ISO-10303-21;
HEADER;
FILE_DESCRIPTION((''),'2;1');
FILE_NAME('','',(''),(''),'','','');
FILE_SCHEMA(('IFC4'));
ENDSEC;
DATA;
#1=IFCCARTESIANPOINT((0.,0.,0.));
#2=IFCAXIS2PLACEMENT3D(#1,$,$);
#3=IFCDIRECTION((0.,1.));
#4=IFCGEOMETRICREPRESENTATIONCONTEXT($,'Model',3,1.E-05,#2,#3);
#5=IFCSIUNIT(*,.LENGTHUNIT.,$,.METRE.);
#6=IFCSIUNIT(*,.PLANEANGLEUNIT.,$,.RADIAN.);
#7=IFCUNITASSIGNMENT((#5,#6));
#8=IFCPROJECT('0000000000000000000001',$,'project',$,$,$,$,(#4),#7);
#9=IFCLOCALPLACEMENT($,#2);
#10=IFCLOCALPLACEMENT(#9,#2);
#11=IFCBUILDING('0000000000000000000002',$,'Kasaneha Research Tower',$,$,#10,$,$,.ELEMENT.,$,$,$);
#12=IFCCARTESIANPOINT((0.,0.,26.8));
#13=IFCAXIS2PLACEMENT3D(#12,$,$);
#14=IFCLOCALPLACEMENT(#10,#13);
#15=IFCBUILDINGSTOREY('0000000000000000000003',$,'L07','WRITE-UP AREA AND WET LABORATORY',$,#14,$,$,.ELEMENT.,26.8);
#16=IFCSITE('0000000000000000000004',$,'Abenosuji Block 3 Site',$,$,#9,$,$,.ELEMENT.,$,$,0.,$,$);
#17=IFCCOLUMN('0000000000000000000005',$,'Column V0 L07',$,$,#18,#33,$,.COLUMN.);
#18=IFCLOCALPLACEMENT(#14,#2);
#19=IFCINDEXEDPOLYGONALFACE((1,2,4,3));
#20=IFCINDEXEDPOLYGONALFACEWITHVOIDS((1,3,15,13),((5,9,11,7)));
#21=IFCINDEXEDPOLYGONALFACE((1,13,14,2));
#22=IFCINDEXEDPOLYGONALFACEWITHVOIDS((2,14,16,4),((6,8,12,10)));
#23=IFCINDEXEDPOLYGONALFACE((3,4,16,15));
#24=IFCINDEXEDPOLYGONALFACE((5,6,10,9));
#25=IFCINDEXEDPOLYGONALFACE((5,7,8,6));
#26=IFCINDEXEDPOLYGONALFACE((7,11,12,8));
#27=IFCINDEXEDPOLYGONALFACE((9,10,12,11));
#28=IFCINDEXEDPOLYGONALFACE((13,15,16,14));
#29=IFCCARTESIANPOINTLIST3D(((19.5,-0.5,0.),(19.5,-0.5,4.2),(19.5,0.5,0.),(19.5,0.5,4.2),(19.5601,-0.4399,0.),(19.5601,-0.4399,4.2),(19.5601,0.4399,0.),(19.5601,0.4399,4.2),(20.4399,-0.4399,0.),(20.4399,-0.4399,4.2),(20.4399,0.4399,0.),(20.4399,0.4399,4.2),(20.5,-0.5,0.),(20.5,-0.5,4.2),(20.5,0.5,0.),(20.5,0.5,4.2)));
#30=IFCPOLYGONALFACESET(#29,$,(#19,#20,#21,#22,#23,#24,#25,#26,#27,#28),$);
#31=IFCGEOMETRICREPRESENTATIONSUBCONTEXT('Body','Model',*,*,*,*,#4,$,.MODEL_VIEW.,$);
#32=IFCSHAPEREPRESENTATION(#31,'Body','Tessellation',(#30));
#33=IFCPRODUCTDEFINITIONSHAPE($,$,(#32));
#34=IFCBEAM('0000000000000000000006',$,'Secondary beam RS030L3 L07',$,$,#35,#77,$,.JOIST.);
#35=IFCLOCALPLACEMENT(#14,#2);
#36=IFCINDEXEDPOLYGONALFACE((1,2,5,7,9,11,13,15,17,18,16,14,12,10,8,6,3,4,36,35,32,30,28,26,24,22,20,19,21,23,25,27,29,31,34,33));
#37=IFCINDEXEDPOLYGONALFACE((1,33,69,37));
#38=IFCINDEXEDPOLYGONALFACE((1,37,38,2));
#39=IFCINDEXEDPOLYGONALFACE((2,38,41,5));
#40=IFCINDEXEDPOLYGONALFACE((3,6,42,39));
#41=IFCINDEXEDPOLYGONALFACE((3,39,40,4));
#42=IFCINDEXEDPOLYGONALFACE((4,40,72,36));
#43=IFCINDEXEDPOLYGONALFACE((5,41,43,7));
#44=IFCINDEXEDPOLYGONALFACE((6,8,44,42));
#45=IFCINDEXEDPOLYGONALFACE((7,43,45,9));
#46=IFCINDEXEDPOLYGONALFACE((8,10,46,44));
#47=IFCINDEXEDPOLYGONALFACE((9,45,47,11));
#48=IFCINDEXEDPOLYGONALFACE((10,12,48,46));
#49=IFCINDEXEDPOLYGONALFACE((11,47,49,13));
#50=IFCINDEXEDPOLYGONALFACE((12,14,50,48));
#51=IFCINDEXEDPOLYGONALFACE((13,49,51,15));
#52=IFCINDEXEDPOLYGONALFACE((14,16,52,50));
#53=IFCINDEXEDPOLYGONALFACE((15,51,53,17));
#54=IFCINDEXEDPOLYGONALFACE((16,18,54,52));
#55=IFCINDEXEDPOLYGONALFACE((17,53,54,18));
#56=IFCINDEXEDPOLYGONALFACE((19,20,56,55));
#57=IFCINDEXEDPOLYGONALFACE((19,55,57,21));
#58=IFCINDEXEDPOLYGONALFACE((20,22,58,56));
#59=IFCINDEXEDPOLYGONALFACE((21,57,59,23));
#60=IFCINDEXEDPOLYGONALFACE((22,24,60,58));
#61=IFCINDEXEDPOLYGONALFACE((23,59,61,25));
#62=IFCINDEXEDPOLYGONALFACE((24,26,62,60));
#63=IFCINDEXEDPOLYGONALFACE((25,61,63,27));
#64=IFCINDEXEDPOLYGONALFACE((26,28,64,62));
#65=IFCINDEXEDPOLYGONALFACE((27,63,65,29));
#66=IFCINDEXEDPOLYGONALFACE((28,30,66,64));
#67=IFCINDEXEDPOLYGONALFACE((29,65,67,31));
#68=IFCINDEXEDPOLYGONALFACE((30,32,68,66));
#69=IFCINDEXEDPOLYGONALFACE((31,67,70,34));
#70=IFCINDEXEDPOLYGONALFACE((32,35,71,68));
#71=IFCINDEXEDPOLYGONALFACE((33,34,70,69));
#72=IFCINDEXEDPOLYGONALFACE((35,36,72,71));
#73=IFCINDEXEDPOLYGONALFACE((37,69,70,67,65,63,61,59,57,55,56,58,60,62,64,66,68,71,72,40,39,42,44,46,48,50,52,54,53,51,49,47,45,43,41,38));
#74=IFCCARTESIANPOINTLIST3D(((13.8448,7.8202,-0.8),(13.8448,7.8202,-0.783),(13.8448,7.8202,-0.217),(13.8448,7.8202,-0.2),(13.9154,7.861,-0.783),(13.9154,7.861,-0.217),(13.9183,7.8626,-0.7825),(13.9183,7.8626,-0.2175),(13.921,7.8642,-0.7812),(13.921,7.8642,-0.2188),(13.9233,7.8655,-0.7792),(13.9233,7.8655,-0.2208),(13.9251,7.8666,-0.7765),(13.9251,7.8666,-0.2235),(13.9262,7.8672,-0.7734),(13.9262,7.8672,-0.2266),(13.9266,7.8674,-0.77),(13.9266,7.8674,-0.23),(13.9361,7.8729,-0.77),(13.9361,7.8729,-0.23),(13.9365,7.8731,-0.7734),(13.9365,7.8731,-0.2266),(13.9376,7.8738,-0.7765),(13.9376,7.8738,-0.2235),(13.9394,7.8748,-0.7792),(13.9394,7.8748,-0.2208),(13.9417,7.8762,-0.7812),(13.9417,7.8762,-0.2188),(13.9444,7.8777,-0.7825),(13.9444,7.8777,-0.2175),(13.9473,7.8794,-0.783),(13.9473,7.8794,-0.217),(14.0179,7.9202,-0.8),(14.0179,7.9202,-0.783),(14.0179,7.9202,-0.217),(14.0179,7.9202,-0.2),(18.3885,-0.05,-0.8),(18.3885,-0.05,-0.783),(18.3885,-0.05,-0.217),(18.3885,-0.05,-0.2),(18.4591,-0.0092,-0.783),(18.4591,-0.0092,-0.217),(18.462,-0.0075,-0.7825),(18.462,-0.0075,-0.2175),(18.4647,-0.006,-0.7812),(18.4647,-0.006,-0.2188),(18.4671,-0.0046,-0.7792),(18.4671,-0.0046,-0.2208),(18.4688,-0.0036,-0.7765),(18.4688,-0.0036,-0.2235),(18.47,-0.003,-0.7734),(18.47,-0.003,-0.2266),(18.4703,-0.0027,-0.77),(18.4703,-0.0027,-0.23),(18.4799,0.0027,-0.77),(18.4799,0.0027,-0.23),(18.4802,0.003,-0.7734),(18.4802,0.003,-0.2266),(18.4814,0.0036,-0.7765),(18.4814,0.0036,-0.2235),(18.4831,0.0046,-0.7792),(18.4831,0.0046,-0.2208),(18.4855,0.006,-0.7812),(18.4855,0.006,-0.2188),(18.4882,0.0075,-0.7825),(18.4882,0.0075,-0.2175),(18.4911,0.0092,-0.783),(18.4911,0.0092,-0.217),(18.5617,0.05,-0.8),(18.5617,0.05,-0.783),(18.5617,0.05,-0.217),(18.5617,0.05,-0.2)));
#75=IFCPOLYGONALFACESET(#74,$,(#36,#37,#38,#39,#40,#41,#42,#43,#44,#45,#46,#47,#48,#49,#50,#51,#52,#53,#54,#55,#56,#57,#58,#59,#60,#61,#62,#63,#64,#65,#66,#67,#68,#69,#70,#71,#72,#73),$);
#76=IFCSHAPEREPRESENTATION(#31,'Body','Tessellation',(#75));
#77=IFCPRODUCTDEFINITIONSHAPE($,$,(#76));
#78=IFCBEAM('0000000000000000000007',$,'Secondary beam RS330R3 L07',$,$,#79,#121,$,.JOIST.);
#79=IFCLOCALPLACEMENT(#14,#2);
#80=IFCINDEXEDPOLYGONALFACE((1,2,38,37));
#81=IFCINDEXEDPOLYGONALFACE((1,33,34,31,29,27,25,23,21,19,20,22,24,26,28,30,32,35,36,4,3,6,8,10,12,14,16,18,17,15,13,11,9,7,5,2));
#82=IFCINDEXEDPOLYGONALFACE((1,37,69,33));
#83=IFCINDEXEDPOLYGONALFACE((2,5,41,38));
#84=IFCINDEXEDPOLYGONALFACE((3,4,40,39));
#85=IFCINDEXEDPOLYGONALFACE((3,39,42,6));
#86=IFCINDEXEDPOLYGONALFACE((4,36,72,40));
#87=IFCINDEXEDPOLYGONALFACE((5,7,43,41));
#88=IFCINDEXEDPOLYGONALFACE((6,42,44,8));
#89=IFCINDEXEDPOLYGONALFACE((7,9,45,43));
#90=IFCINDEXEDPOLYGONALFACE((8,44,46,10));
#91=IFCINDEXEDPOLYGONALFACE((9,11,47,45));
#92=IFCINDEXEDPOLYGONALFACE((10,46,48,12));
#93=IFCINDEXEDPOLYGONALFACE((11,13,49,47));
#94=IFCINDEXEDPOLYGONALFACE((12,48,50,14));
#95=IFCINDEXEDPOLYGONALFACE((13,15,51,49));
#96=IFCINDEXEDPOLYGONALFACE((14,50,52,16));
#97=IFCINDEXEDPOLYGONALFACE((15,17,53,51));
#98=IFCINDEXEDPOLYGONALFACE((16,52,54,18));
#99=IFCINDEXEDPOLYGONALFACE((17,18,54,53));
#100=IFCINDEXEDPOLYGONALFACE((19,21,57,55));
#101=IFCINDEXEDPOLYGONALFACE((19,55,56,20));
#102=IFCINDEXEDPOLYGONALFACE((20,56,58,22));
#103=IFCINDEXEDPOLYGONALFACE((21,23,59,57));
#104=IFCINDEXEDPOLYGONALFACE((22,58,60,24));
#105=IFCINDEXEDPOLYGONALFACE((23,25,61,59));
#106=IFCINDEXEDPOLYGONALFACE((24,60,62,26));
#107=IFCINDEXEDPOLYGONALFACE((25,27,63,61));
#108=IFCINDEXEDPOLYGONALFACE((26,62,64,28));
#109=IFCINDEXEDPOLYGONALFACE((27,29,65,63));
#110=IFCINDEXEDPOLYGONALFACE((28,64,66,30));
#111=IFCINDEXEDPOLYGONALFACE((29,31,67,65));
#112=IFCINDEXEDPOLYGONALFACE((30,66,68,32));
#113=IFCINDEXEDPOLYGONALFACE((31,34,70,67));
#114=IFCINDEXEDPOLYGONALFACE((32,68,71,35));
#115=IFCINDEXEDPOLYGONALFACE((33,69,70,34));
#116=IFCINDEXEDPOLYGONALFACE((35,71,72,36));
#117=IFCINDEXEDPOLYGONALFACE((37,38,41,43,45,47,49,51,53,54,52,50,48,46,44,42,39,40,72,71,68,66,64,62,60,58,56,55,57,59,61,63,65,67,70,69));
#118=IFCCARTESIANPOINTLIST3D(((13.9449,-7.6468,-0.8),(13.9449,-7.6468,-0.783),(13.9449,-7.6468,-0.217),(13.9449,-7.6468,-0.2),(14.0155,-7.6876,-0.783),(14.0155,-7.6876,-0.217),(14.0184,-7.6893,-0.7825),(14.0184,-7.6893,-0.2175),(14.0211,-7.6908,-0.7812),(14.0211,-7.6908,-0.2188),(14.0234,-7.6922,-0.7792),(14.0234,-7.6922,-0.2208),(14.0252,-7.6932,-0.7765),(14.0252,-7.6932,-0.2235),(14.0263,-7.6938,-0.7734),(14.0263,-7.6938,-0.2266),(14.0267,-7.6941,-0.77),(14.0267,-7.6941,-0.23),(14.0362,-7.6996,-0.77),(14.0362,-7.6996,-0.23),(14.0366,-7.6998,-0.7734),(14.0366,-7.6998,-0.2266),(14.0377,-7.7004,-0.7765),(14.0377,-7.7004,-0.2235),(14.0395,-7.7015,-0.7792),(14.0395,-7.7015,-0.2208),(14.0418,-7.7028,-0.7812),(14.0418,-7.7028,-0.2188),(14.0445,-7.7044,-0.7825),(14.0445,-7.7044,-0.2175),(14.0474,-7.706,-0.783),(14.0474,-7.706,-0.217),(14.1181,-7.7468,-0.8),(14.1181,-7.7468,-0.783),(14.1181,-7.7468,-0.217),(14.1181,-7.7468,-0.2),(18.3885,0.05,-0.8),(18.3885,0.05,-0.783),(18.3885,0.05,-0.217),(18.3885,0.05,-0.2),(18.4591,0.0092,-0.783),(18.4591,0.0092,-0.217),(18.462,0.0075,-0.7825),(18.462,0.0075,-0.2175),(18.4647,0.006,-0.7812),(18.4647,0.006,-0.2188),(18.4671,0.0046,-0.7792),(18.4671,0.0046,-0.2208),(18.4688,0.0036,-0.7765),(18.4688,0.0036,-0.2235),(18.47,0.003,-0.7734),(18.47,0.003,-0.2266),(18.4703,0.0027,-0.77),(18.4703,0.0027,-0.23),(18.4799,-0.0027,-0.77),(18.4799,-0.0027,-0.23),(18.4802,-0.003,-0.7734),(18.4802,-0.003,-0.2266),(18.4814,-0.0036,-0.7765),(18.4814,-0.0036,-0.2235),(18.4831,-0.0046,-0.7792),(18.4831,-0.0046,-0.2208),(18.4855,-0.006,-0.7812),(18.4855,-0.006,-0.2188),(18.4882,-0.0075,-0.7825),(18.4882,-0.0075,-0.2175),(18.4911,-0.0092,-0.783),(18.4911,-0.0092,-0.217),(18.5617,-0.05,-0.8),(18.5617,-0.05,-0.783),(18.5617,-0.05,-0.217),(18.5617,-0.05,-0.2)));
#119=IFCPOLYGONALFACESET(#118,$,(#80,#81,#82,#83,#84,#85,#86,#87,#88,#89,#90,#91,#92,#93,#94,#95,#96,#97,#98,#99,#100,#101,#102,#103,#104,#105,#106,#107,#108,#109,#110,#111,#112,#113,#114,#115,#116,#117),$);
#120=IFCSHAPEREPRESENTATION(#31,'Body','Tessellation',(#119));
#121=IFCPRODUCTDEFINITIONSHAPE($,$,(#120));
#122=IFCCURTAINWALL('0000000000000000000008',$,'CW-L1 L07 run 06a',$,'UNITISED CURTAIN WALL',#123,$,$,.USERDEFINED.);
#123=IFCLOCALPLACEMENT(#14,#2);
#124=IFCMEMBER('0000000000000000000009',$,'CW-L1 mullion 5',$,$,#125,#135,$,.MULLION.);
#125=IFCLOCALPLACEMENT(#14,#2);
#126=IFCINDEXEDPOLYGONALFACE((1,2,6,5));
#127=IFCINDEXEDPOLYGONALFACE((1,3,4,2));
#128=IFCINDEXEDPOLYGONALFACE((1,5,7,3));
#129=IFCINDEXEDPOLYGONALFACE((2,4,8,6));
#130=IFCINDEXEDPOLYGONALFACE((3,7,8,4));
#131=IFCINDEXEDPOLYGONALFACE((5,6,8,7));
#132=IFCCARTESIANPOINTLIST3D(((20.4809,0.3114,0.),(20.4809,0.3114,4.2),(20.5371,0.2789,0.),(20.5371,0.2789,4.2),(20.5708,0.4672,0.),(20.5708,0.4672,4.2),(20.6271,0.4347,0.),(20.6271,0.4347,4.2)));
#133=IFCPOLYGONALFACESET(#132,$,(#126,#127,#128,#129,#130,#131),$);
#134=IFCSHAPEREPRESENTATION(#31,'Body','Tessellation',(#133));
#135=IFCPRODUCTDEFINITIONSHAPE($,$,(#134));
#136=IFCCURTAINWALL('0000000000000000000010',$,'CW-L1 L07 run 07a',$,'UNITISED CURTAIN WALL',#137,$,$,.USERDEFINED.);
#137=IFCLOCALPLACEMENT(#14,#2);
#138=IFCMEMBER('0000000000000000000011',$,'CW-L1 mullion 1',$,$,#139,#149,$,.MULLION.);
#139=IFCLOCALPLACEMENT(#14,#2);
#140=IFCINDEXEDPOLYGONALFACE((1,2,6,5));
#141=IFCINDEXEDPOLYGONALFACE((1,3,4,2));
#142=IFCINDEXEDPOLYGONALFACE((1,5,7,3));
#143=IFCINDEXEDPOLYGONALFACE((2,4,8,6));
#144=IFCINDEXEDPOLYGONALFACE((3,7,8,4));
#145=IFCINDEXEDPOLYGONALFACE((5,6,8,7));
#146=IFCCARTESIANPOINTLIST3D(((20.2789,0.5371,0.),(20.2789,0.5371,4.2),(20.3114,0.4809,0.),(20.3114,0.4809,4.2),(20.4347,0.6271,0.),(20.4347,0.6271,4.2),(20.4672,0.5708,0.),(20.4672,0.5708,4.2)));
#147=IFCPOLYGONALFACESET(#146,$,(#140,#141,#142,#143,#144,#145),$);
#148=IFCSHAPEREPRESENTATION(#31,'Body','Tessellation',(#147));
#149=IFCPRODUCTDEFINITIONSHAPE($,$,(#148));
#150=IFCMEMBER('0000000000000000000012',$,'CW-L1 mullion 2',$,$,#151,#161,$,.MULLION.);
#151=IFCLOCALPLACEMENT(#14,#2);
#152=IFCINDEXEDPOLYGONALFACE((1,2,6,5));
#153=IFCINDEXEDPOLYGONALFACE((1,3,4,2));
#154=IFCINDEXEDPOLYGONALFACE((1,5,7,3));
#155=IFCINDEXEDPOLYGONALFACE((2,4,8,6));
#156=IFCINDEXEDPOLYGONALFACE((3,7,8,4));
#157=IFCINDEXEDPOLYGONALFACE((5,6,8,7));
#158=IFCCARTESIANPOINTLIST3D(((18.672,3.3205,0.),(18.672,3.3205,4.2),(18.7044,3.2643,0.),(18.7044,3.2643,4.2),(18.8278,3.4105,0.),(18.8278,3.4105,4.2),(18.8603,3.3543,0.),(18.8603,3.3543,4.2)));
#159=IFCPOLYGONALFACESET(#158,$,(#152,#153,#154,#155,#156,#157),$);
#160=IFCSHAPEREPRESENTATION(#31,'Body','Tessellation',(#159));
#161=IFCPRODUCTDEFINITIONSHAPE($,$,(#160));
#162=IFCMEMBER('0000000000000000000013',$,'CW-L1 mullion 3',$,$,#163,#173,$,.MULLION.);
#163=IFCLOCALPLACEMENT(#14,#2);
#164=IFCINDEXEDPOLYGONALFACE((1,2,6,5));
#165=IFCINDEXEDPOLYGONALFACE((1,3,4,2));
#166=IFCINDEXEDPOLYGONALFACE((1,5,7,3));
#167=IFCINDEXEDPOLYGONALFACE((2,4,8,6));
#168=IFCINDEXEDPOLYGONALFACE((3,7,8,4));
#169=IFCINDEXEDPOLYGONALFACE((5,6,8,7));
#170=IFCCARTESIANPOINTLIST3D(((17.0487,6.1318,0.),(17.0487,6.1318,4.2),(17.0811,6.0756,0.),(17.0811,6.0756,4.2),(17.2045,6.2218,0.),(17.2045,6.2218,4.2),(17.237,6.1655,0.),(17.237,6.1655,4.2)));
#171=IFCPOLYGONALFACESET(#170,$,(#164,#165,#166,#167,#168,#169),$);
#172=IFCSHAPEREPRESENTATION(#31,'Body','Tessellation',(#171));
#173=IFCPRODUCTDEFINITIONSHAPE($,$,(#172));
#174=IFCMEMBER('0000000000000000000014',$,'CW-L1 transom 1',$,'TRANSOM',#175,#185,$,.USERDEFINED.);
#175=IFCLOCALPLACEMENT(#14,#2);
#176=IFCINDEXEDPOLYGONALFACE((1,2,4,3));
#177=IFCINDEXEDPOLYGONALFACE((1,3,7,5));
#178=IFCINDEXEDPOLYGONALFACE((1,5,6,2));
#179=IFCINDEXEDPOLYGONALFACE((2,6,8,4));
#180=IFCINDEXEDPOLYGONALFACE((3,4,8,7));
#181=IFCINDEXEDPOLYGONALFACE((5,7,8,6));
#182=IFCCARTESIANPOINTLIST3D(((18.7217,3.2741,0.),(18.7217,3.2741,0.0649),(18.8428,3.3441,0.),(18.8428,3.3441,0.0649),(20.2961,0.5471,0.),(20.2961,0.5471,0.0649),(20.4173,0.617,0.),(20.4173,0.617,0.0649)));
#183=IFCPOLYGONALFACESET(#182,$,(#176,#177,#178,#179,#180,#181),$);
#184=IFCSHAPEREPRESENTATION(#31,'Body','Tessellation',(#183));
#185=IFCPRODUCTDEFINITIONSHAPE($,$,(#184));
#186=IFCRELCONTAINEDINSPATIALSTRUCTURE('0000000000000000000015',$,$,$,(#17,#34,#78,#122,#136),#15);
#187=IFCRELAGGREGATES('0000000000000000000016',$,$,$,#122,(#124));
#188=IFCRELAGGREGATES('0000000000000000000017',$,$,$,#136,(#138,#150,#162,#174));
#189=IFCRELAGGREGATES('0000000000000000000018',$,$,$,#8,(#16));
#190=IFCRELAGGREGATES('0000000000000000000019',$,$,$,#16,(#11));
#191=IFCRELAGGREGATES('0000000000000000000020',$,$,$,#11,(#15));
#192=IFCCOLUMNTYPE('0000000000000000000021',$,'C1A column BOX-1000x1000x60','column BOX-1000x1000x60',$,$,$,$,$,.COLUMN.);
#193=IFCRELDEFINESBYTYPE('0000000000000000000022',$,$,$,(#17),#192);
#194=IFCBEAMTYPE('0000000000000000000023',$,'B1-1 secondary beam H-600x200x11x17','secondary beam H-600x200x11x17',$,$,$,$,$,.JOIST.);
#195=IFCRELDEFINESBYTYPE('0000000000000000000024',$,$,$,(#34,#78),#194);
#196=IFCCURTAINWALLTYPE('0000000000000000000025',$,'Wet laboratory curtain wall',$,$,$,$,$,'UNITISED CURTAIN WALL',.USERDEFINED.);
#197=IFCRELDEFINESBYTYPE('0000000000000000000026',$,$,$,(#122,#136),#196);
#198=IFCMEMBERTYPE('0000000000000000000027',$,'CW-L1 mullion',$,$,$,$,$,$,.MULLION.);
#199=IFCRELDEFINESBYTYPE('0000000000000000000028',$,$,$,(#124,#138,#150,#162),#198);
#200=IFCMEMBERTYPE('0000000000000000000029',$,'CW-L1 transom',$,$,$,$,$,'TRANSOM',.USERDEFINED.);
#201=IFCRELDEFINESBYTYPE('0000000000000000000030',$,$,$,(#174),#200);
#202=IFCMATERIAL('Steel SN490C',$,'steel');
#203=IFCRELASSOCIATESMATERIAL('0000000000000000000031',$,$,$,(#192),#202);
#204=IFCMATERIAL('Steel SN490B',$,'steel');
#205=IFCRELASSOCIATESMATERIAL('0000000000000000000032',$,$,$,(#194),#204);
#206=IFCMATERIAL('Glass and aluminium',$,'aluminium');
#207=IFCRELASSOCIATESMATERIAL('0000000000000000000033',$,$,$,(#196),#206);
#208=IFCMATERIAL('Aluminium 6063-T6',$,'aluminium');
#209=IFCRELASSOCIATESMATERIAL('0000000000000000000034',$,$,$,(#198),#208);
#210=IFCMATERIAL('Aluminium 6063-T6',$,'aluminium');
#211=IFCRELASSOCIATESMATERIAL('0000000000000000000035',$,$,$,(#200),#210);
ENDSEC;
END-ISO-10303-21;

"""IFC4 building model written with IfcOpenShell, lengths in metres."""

from ifc_helpers import new_model, si_unit, direction, frame, origin, origin_2d, place, context, subcontext, project, spatial, rectangle, hollow_rectangle, i_section, extrude, material, material_profile, profile_set, type_object, element, aggregate, save


model = new_model("IFC4")

# Units and contexts
model_context = context("Model", 3, precision=1e-05, world=origin(), true_north=direction((0.0, 1.0)))
body_context = subcontext(model_context, "Body", "Model", "MODEL_VIEW")
ifc_project = project(units=[si_unit("LENGTHUNIT", "METRE"), si_unit("PLANEANGLEUNIT", "RADIAN")], contexts=[model_context])

# Site, building, storey
site_placement = place(None, origin())
site = spatial("IfcSite", under=ifc_project, at=site_placement, Name="Abenosuji Block 3 Site", CompositionType="ELEMENT", RefElevation=0.0)
building_placement = place(site_placement, origin())
building = spatial("IfcBuilding", under=site, at=building_placement, Name="Kasaneha Research Tower", CompositionType="ELEMENT")
storey_placement = place(building_placement, frame((0.0, 0.0, 26.8)))
storey = spatial("IfcBuildingStorey", under=building, at=storey_placement, Name="L07", Description="WRITE-UP AREA AND WET LABORATORY", CompositionType="ELEMENT", Elevation=26.8)

# Column
ifc_material_1 = material(Name="Steel SN490C", Category="steel")
ifc_material_profile_1 = material_profile(ifc_material_1, hollow_rectangle(XDim=1.0, YDim=1.0, WallThickness=0.0601, at=origin_2d()), Name="BOX-1000x1000x60")
ifc_profile_set_1 = profile_set([ifc_material_profile_1], Name="Steel SN490C")
column_type = type_object("IfcColumnType", Name="C1A column BOX-1000x1000x60", Description="column BOX-1000x1000x60", PredefinedType="COLUMN", material=ifc_profile_set_1)
column_placement = place(storey_placement, frame((20.0, 0.0, 0.0), z_axis=(0.0, 0.0, 1.0), x_axis=(1.0, 0.0, 0.0)))
element("IfcColumn", 1, at=column_placement, inside=storey, type_object=column_type, Name="Column V0 L07", PredefinedType="COLUMN", context=body_context, shape_type="SweptSolid", body=[
    extrude(hollow_rectangle(XDim=1.0, YDim=1.0, WallThickness=0.0601, at=origin_2d()), origin(), (0.0, 0.0, 1.0), 4.2),
])

# Beams
ifc_material_2 = material(Name="Steel SN490B", Category="steel")
ifc_material_profile_2 = material_profile(ifc_material_2, i_section(OverallWidth=0.2, OverallDepth=0.6001, WebThickness=0.011, FlangeThickness=0.0171, FilletRadius=0.0129, at=origin_2d()), Name="H-600x200x11x17")
ifc_profile_set_2 = profile_set([ifc_material_profile_2], Name="Steel SN490B")
beam_type_1 = type_object("IfcBeamType", Name="B1-1 secondary beam H-600x200x11x17", Description="secondary beam H-600x200x11x17", PredefinedType="JOIST", material=ifc_profile_set_2)
beam_1_placement = place(storey_placement, frame((18.4751, 0.0, -0.5), z_axis=(-0.499991, 0.866031, 0.0), x_axis=(-0.866031, -0.499991, 0.0)))
element("IfcBeam", 2, at=beam_1_placement, inside=storey, type_object=beam_type_1, Name="Secondary beam RS030L3 L07", PredefinedType="JOIST", context=body_context, shape_type="SweptSolid", body=[
    extrude(i_section(OverallWidth=0.2, OverallDepth=0.6001, WebThickness=0.011, FlangeThickness=0.0171, FilletRadius=0.0129, at=origin_2d()), origin(), (0.0, 0.0, 1.0), 9.0876),
])
beam_2_placement = place(storey_placement, frame((18.4751, 0.0, -0.5), z_axis=(-0.499989, -0.866032, 0.0), x_axis=(0.866032, -0.499989, 0.0)))
element("IfcBeam", 3, at=beam_2_placement, inside=storey, type_object=beam_type_1, Name="Secondary beam RS330R3 L07", PredefinedType="JOIST", context=body_context, shape_type="SweptSolid", body=[
    extrude(i_section(OverallWidth=0.2, OverallDepth=0.6001, WebThickness=0.011, FlangeThickness=0.0171, FilletRadius=0.0129, at=origin_2d()), origin(), (0.0, 0.0, 1.0), 8.8875),
])

# Curtain wall, member
ifc_material_3 = material(Name="Glass and aluminium", Category="aluminium")
curtain_wall_type = type_object("IfcCurtainWallType", Name="Wet laboratory curtain wall", ElementType="UNITISED CURTAIN WALL", PredefinedType="USERDEFINED", material=ifc_material_3)
curtain_wall_1_placement = place(storey_placement, origin())
curtain_wall_1 = element("IfcCurtainWall", 4, at=curtain_wall_1_placement, inside=storey, type_object=curtain_wall_type, Name="CW-L1 L07 run 06a", ObjectType="UNITISED CURTAIN WALL", PredefinedType="USERDEFINED")
ifc_material_4 = material(Name="Aluminium 6063-T6", Category="aluminium")
ifc_material_profile_3 = material_profile(ifc_material_4, rectangle(XDim=0.0649, YDim=0.1799, at=origin_2d()), Name="CW-L1 mullion 65x180")
ifc_profile_set_3 = profile_set([ifc_material_profile_3], Name="Aluminium 6063-T6")
member_type_1 = type_object("IfcMemberType", Name="CW-L1 mullion", PredefinedType="MULLION", material=ifc_profile_set_3)
member_1_placement = place(storey_placement, frame((20.554, 0.373, 0.0), z_axis=(0.0, 0.0, 1.0), x_axis=(-0.866025, 0.5, 0.0)))
member_1 = element("IfcMember", 5, at=member_1_placement, type_object=member_type_1, Name="CW-L1 mullion 5", PredefinedType="MULLION", context=body_context, shape_type="SweptSolid", body=[
    extrude(rectangle(XDim=0.0649, YDim=0.1799, at=origin_2d()), origin(), (0.0, 0.0, 1.0), 4.2),
])
aggregate(curtain_wall_1, [member_1])

# Curtain wall, members
curtain_wall_2_placement = place(storey_placement, origin())
curtain_wall_2 = element("IfcCurtainWall", 6, at=curtain_wall_2_placement, inside=storey, type_object=curtain_wall_type, Name="CW-L1 L07 run 07a", ObjectType="UNITISED CURTAIN WALL", PredefinedType="USERDEFINED")
member_2_placement = place(storey_placement, frame((20.373, 0.554, 0.0), z_axis=(0.0, 0.0, 1.0), x_axis=(-0.5, 0.866025, 0.0)))
member_2 = element("IfcMember", 7, at=member_2_placement, type_object=member_type_1, Name="CW-L1 mullion 1", PredefinedType="MULLION", context=body_context, shape_type="SweptSolid", body=[
    extrude(rectangle(XDim=0.0649, YDim=0.1799, at=origin_2d()), origin(), (0.0, 0.0, 1.0), 4.2),
])
member_3_placement = place(storey_placement, frame((18.7661, 3.3374, 0.0), z_axis=(0.0, 0.0, 1.0), x_axis=(-0.5, 0.866025, 0.0)))
member_3 = element("IfcMember", 8, at=member_3_placement, type_object=member_type_1, Name="CW-L1 mullion 2", PredefinedType="MULLION", context=body_context, shape_type="SweptSolid", body=[
    extrude(rectangle(XDim=0.0649, YDim=0.1799, at=origin_2d()), origin(), (0.0, 0.0, 1.0), 4.2),
])
member_4_placement = place(storey_placement, frame((17.1428, 6.1487, 0.0), z_axis=(0.0, 0.0, 1.0), x_axis=(-0.5, 0.866025, 0.0)))
member_4 = element("IfcMember", 9, at=member_4_placement, type_object=member_type_1, Name="CW-L1 mullion 3", PredefinedType="MULLION", context=body_context, shape_type="SweptSolid", body=[
    extrude(rectangle(XDim=0.0649, YDim=0.1799, at=origin_2d()), origin(), (0.0, 0.0, 1.0), 4.2),
])
ifc_material_5 = material(Name="Aluminium 6063-T6", Category="aluminium")
ifc_material_profile_4 = material_profile(ifc_material_5, rectangle(XDim=0.1399, YDim=0.0649, at=origin_2d()), Name="CW-L1 transom 140x65")
ifc_profile_set_4 = profile_set([ifc_material_profile_4], Name="Aluminium 6063-T6")
member_type_2 = type_object("IfcMemberType", Name="CW-L1 transom", ElementType="TRANSOM", PredefinedType="USERDEFINED", material=ifc_profile_set_4)
member_5_placement = place(storey_placement, frame((20.3567, 0.582, 0.0325), z_axis=(-0.5, 0.866025, 0.0), x_axis=(-0.866025, -0.5, 0.0)))
member_5 = element("IfcMember", 10, at=member_5_placement, type_object=member_type_2, Name="CW-L1 transom 1", ObjectType="TRANSOM", PredefinedType="USERDEFINED", context=body_context, shape_type="SweptSolid", body=[
    extrude(rectangle(XDim=0.1399, YDim=0.0649, at=origin_2d()), origin(), (0.0, 0.0, 1.0), 3.1489),
])

aggregate(curtain_wall_2, [member_2, member_3, member_4, member_5])

save(model, "model.ifc")
